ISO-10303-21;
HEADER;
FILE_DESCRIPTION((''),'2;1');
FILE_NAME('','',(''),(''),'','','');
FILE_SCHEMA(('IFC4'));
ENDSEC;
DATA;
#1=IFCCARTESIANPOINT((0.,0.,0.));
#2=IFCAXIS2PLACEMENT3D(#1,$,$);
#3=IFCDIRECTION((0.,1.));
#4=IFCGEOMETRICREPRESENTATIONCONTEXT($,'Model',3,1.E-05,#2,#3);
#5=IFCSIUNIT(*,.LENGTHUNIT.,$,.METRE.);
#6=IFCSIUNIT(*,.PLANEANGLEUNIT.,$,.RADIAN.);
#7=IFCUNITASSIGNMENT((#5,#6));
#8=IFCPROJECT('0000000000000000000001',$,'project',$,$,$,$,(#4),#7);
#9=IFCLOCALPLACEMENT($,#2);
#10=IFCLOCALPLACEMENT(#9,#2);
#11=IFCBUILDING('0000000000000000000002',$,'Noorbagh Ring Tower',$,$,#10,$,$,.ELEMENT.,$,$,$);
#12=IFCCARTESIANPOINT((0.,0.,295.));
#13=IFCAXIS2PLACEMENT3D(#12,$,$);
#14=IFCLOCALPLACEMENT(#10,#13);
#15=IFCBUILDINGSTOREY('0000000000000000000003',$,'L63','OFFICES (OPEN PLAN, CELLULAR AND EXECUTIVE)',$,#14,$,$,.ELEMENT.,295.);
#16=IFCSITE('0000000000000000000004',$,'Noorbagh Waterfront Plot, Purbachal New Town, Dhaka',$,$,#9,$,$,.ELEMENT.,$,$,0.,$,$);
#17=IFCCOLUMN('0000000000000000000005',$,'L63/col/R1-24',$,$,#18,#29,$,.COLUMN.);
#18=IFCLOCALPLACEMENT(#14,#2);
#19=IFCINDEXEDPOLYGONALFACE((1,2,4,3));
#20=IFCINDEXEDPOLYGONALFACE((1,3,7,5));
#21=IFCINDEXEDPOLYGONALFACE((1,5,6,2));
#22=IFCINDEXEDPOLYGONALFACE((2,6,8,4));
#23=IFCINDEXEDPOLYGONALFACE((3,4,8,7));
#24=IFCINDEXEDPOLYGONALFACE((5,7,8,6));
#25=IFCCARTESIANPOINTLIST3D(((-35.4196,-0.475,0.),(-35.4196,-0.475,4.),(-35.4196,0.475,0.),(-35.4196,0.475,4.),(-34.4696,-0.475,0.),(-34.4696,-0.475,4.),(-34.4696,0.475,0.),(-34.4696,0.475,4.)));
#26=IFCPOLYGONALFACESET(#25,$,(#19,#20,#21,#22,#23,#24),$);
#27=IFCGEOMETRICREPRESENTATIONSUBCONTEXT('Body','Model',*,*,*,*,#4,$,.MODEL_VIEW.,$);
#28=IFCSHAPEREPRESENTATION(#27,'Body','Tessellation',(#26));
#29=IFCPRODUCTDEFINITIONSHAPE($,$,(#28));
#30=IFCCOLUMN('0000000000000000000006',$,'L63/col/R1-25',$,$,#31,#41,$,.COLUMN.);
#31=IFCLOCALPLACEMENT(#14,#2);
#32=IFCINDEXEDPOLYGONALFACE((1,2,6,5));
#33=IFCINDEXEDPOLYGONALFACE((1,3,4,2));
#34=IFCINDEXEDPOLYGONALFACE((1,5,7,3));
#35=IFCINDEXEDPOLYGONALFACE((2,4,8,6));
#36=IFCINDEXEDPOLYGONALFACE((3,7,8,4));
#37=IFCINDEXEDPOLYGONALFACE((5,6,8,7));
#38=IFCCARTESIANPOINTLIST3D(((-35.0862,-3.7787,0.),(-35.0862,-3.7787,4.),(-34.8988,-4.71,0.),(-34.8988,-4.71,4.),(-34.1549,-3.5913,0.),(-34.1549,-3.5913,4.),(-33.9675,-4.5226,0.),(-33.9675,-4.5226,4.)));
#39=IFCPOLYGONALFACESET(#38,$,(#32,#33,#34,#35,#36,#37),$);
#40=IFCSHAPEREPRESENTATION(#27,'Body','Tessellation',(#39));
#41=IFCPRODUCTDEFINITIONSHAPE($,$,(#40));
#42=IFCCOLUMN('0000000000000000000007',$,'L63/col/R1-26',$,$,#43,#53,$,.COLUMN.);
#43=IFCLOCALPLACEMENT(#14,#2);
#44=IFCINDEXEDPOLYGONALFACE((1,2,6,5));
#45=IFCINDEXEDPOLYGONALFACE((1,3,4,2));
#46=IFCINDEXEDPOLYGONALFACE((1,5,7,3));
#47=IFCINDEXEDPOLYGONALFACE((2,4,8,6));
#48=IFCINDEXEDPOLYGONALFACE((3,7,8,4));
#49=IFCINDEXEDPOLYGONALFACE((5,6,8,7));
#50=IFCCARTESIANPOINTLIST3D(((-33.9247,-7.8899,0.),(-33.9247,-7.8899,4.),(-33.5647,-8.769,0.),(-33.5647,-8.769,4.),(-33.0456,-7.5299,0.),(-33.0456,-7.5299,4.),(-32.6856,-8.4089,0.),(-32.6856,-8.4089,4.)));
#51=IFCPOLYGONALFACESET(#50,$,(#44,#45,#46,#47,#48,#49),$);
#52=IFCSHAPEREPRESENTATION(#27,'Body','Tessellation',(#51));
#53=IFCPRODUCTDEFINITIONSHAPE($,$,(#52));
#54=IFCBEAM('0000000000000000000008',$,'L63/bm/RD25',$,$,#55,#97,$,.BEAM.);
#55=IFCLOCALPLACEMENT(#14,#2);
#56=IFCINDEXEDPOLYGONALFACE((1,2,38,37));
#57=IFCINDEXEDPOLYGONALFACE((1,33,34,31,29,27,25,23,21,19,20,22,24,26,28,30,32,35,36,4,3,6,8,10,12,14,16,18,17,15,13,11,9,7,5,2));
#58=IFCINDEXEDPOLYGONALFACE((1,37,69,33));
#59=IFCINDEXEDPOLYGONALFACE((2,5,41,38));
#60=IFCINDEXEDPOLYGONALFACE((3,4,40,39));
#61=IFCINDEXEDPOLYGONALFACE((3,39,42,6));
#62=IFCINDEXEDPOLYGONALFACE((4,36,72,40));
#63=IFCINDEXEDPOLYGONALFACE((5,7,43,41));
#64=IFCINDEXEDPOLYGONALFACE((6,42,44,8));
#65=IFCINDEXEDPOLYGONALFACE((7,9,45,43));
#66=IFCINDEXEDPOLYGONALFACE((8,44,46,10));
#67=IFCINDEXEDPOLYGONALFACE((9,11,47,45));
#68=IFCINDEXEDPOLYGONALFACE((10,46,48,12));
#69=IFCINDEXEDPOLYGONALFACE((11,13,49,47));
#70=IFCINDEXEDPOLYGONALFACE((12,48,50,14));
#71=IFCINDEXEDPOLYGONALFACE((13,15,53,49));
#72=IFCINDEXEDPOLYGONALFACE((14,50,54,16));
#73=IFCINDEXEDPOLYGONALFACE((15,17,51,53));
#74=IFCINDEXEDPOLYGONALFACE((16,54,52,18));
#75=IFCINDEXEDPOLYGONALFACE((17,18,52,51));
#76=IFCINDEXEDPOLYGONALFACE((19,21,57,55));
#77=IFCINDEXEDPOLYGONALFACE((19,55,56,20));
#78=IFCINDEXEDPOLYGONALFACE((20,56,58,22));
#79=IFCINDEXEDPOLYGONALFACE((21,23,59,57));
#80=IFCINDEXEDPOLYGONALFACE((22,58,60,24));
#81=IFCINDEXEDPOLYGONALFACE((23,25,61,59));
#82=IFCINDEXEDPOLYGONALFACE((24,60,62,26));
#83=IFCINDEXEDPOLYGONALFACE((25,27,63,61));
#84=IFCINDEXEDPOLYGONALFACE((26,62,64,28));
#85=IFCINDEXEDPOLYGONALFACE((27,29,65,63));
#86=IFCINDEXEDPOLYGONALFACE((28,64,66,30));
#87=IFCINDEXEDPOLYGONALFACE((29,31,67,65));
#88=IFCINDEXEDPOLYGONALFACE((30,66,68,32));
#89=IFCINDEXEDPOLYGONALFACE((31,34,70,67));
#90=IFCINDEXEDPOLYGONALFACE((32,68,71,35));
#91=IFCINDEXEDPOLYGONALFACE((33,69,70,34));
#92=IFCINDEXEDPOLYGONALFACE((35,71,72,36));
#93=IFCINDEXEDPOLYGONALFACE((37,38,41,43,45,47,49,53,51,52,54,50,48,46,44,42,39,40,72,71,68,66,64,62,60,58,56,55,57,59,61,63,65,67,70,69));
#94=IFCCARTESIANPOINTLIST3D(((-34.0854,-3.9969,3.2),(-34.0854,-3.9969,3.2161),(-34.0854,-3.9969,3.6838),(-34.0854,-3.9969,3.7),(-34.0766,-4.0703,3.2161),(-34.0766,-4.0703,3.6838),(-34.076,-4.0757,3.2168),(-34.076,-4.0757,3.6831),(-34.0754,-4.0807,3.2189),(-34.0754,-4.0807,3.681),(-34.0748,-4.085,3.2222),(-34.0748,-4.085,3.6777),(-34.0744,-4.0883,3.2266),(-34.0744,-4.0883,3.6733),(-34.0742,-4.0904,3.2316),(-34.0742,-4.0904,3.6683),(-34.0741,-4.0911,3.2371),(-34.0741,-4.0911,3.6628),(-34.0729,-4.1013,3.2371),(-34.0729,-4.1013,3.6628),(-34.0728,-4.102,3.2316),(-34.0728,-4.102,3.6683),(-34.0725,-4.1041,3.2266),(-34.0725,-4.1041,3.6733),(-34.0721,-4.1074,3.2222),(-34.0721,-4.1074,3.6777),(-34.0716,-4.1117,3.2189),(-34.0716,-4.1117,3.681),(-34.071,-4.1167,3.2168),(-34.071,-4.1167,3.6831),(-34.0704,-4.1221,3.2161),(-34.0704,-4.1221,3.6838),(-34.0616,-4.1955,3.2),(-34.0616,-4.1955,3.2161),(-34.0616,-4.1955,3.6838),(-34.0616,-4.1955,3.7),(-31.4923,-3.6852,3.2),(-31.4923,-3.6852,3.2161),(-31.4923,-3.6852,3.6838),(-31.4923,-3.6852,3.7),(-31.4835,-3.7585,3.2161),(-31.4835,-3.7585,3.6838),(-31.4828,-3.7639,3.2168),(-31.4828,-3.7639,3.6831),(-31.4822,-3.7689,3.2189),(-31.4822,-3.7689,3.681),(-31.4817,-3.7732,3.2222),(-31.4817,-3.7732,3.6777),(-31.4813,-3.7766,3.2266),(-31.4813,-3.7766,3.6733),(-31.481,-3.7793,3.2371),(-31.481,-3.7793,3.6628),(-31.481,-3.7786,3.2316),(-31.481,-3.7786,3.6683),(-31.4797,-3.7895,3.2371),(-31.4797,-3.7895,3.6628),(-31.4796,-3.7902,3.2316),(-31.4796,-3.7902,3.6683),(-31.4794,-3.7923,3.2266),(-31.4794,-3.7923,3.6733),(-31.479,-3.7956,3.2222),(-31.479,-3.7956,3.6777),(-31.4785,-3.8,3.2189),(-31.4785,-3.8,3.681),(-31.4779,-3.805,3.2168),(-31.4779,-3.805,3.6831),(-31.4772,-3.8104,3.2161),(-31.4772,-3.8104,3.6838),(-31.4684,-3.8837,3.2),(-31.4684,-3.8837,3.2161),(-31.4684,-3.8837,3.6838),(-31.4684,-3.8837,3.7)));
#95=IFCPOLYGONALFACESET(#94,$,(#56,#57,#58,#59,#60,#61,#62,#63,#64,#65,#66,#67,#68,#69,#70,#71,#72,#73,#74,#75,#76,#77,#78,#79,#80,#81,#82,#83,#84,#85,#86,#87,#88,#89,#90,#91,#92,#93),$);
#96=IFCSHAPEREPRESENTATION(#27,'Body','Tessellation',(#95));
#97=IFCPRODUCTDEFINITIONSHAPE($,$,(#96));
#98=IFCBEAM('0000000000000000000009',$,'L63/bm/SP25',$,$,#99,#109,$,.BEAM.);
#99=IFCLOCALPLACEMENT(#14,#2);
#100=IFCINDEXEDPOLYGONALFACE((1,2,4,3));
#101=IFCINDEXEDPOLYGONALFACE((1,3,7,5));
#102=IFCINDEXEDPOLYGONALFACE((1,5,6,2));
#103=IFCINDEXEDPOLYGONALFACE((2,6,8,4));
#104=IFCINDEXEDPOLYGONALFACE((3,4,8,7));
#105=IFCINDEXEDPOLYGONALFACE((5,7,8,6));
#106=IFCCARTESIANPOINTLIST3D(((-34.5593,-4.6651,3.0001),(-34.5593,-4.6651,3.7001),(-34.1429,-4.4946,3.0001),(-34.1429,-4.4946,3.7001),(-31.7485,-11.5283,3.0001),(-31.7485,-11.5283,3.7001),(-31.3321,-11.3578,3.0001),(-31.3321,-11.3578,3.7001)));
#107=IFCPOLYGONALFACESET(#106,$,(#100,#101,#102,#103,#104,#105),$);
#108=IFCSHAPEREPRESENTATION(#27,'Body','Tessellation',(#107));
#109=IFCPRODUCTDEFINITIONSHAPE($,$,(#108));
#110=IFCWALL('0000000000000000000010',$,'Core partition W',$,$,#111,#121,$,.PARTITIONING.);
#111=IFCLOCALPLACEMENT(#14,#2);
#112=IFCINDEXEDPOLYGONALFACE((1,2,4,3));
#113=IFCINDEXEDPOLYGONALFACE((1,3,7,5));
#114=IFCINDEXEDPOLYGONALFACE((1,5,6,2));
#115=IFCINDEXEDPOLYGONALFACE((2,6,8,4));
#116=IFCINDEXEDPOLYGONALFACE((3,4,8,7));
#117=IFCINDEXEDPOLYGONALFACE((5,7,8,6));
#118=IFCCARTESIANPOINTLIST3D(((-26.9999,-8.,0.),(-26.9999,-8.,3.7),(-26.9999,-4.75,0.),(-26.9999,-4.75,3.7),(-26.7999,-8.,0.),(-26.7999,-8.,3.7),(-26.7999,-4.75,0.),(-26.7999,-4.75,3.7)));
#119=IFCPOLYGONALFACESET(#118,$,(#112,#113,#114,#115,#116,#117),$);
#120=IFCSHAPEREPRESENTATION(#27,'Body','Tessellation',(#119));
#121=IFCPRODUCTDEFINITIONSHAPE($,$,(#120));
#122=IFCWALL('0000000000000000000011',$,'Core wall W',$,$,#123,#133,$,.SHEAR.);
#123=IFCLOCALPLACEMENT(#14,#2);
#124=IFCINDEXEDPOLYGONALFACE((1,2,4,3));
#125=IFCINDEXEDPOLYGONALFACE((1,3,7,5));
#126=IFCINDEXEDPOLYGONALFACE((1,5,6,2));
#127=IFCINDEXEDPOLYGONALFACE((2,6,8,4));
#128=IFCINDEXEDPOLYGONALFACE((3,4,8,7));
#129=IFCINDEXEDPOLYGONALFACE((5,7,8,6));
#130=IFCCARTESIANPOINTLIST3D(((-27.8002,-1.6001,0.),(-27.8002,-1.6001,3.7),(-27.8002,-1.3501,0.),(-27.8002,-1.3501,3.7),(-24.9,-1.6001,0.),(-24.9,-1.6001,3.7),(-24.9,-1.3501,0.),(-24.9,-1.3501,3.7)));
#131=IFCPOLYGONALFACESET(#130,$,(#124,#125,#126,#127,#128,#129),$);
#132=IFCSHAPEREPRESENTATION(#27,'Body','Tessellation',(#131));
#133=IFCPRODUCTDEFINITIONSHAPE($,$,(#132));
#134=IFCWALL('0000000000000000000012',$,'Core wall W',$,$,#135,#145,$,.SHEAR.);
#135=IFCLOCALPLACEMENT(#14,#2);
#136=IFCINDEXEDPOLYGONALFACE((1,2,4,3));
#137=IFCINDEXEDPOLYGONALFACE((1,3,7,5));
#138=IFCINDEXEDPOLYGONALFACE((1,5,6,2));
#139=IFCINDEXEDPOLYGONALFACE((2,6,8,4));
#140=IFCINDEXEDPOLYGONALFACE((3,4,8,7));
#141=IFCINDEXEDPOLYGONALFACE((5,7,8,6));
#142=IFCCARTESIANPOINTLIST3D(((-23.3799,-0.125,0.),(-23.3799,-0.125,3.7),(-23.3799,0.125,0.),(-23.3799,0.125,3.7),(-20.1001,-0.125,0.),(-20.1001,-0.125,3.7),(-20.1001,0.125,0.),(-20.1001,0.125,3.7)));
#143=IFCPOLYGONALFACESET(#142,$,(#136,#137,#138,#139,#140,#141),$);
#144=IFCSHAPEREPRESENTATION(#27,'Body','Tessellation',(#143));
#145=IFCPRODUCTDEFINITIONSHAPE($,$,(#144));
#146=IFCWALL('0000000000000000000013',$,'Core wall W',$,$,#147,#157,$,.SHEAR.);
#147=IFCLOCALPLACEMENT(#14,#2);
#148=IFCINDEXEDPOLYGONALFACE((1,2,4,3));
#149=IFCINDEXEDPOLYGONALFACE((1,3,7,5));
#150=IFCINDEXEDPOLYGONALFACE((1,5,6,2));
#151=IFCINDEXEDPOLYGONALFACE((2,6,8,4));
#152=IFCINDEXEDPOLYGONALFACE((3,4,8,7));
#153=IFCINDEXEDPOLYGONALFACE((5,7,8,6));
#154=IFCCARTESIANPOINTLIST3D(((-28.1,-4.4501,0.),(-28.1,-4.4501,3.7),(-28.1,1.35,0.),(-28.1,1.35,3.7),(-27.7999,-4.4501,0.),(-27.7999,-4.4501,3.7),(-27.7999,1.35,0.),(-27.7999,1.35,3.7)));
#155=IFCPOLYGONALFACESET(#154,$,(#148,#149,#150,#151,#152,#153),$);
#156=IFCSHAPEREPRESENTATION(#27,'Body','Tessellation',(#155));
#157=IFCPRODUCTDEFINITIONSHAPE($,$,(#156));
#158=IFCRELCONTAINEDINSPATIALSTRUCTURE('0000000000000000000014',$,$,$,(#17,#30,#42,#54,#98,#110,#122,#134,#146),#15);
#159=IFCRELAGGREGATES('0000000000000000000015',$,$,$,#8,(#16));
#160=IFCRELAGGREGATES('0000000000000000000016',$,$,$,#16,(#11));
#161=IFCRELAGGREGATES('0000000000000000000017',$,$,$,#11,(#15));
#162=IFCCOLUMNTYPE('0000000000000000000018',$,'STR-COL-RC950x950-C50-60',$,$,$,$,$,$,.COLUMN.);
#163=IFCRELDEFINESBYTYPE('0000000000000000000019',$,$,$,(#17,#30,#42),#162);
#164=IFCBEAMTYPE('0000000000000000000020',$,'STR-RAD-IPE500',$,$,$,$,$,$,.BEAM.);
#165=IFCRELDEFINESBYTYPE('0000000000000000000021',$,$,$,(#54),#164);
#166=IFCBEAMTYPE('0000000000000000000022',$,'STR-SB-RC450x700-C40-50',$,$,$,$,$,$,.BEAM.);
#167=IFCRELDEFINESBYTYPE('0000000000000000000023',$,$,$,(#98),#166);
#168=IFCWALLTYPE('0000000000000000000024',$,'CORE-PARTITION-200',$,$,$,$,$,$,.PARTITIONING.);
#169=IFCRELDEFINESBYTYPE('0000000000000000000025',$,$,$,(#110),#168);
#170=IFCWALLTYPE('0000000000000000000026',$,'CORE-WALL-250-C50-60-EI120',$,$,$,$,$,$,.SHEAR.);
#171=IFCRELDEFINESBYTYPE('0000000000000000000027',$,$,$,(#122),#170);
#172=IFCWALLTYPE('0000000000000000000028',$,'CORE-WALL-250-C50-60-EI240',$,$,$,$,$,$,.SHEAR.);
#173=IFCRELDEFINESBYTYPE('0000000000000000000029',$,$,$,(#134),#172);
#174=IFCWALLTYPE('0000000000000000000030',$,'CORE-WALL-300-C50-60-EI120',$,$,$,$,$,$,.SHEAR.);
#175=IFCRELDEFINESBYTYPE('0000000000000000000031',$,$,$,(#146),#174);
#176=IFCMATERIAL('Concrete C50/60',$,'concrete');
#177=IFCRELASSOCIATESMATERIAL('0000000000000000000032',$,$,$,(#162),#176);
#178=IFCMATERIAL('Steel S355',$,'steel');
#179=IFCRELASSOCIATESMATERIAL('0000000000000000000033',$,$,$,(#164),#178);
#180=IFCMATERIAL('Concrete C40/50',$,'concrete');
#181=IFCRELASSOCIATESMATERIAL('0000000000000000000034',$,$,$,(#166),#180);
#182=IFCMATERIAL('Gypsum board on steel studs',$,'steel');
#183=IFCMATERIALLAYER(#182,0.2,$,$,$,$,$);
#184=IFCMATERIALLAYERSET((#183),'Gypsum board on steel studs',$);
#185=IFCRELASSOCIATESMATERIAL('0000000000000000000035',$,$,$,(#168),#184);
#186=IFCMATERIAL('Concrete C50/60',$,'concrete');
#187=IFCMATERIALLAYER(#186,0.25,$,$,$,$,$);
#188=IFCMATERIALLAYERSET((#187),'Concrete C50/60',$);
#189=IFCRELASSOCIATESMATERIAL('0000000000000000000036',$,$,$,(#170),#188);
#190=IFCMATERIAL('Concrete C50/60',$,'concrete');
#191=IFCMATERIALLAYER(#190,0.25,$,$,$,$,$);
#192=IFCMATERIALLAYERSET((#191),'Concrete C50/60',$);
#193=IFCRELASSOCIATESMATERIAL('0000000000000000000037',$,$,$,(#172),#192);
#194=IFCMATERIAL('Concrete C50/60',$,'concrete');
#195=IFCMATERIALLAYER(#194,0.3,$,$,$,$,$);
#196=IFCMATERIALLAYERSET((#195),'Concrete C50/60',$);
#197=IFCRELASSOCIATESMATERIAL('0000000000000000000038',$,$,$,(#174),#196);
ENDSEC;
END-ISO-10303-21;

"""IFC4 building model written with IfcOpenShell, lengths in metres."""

from ifc_helpers import new_model, si_unit, direction, frame, frame_2d, origin, origin_2d, place, context, subcontext, project, spatial, rectangle, i_section, extrude, material, layer, layer_set, material_profile, profile_set, type_object, element, save


model = new_model("IFC4")

# Units and contexts
model_context = context("Model", 3, precision=1e-05, world=origin(), true_north=direction((0.0, 1.0)))
body_context = subcontext(model_context, "Body", "Model", "MODEL_VIEW")
ifc_project = project(units=[si_unit("LENGTHUNIT", "METRE"), si_unit("PLANEANGLEUNIT", "RADIAN")], contexts=[model_context])

# Site, building, storey
site_placement = place(None, origin())
site = spatial("IfcSite", under=ifc_project, at=site_placement, Name="Noorbagh Waterfront Plot, Purbachal New Town, Dhaka", CompositionType="ELEMENT", RefElevation=0.0)
building_placement = place(site_placement, origin())
building = spatial("IfcBuilding", under=site, at=building_placement, Name="Noorbagh Ring Tower", CompositionType="ELEMENT")
storey_placement = place(building_placement, frame((0.0, 0.0, 295.0)))
storey = spatial("IfcBuildingStorey", under=building, at=storey_placement, Name="L63", Description="OFFICES (OPEN PLAN, CELLULAR AND EXECUTIVE)", CompositionType="ELEMENT", Elevation=295.0)

# Columns
ifc_material_1 = material(Name="Concrete C50/60", Category="concrete")
ifc_material_profile_1 = material_profile(ifc_material_1, rectangle(XDim=0.95, YDim=0.95, at=origin_2d()), Name="RC950x950")
ifc_profile_set_1 = profile_set([ifc_material_profile_1], Name="Concrete C50/60")
column_type = type_object("IfcColumnType", Name="STR-COL-RC950x950-C50-60", PredefinedType="COLUMN", material=ifc_profile_set_1)
for number, where, z_axis, x_axis, name in (
    (1, (-34.9446, 0.0, 0.0), (0.0, 0.0, 1.0), (0.0, -1.0, 0.0), "L63/col/R1-24"),
    (2, (-34.5269, -4.1506, 0.0), (0.0, 0.0, 1.0), (0.19723, -0.980357, 0.0), "L63/col/R1-25"),
    (3, (-33.3052, -8.1494, 0.0), (0.0, 0.0, 1.0), (0.378989, -0.925401, 0.0), "L63/col/R1-26"),
):
    element("IfcColumn", number, at=place(storey_placement, frame(where, z_axis=z_axis, x_axis=x_axis)), inside=storey, type_object=column_type, Name=name, PredefinedType="COLUMN", context=body_context, shape_type="SweptSolid", body=[
        extrude(rectangle(XDim=0.95, YDim=0.95, at=origin_2d()), origin(), (0.0, 0.0, 1.0), 4.0),
    ])

# Beams
ifc_material_2 = material(Name="Steel S355", Category="steel")
ifc_material_profile_2 = material_profile(ifc_material_2, i_section(OverallWidth=0.2, OverallDepth=0.5, WebThickness=0.0103, FlangeThickness=0.0161, FilletRadius=0.021, at=origin_2d()), Name="IPE500")
ifc_profile_set_2 = profile_set([ifc_material_profile_2], Name="Steel S355")
beam_type_1 = type_object("IfcBeamType", Name="STR-RAD-IPE500", PredefinedType="BEAM", material=ifc_profile_set_2)
beam_1_placement = place(storey_placement, frame((-34.0735, -4.0962, 3.45), z_axis=(0.992851, 0.119363, 0.0), x_axis=(-0.119363, 0.992851, 0.0)))
element("IfcBeam", 4, at=beam_1_placement, inside=storey, type_object=beam_type_1, Name="L63/bm/RD25", PredefinedType="BEAM", context=body_context, shape_type="SweptSolid", body=[
    extrude(i_section(OverallWidth=0.2, OverallDepth=0.5, WebThickness=0.0103, FlangeThickness=0.0161, FilletRadius=0.021, at=origin_2d()), origin(), (0.0, 0.0, 1.0), 2.6118),
])
ifc_material_3 = material(Name="Concrete C40/50", Category="concrete")
ifc_material_profile_3 = material_profile(ifc_material_3, rectangle(XDim=0.45, YDim=0.7, at=origin_2d()), Name="RC450x700")
ifc_profile_set_3 = profile_set([ifc_material_profile_3], Name="Concrete C40/50")
beam_type_2 = type_object("IfcBeamType", Name="STR-SB-RC450x700-C40-50", PredefinedType="BEAM", material=ifc_profile_set_3)
beam_2_placement = place(storey_placement, frame((-34.3511, -4.5798, 3.3501), z_axis=(0.378989, -0.925401, 0.0), x_axis=(0.925401, 0.378989, 0.0)))
element("IfcBeam", 5, at=beam_2_placement, inside=storey, type_object=beam_type_2, Name="L63/bm/SP25", PredefinedType="BEAM", context=body_context, shape_type="SweptSolid", body=[
    extrude(rectangle(XDim=0.45, YDim=0.7, at=origin_2d()), origin(), (0.0, 0.0, 1.0), 7.4165),
])

# Walls
ifc_material_4 = material(Name="Gypsum board on steel studs", Category="steel")
ifc_layer_1 = layer(ifc_material_4, 0.2)
ifc_layer_set_1 = layer_set([ifc_layer_1], Name="Gypsum board on steel studs")
wall_type_1 = type_object("IfcWallType", Name="CORE-PARTITION-200", PredefinedType="PARTITIONING", material=ifc_layer_set_1)
wall_1_placement = place(storey_placement, frame((-26.8999, -8.0, 0.0), z_axis=(0.0, 0.0, 1.0), x_axis=(0.0, 1.0, 0.0)))
element("IfcWall", 6, at=wall_1_placement, inside=storey, type_object=wall_type_1, Name="Core partition W", PredefinedType="PARTITIONING", context=body_context, shape_type="SweptSolid", body=[
    extrude(rectangle(XDim=3.25, YDim=0.2, at=frame_2d((1.625, 0.0))), origin(), (0.0, 0.0, 1.0), 3.7),
])
ifc_material_5 = material(Name="Concrete C50/60", Category="concrete")
ifc_layer_2 = layer(ifc_material_5, 0.25)
ifc_layer_set_2 = layer_set([ifc_layer_2], Name="Concrete C50/60")
wall_type_2 = type_object("IfcWallType", Name="CORE-WALL-250-C50-60-EI120", PredefinedType="SHEAR", material=ifc_layer_set_2)
wall_2_placement = place(storey_placement, frame((-24.8999, -1.4751, 0.0), z_axis=(0.0, 0.0, 1.0), x_axis=(-1.0, 0.0, 0.0)))
element("IfcWall", 7, at=wall_2_placement, inside=storey, type_object=wall_type_2, Name="Core wall W", PredefinedType="SHEAR", context=body_context, shape_type="SweptSolid", body=[
    extrude(rectangle(XDim=2.9001, YDim=0.25, at=frame_2d((1.4502, 0.0))), origin(), (0.0, 0.0, 1.0), 3.7),
])
ifc_material_6 = material(Name="Concrete C50/60", Category="concrete")
ifc_layer_3 = layer(ifc_material_6, 0.25)
ifc_layer_set_3 = layer_set([ifc_layer_3], Name="Concrete C50/60")
wall_type_3 = type_object("IfcWallType", Name="CORE-WALL-250-C50-60-EI240", PredefinedType="SHEAR", material=ifc_layer_set_3)
wall_3_placement = place(storey_placement, frame((-20.1001, 0.0, 0.0), z_axis=(0.0, 0.0, 1.0), x_axis=(-1.0, 0.0, 0.0)))
element("IfcWall", 8, at=wall_3_placement, inside=storey, type_object=wall_type_3, Name="Core wall W", PredefinedType="SHEAR", context=body_context, shape_type="SweptSolid", body=[
    extrude(rectangle(XDim=3.2798, YDim=0.25, at=frame_2d((1.6399, 0.0))), origin(), (0.0, 0.0, 1.0), 3.7),
])
ifc_material_7 = material(Name="Concrete C50/60", Category="concrete")
ifc_layer_4 = layer(ifc_material_7, 0.3)
ifc_layer_set_4 = layer_set([ifc_layer_4], Name="Concrete C50/60")
wall_type_4 = type_object("IfcWallType", Name="CORE-WALL-300-C50-60-EI120", PredefinedType="SHEAR", material=ifc_layer_set_4)
wall_4_placement = place(storey_placement, frame((-27.95, -4.45, 0.0), z_axis=(0.0, 0.0, 1.0), x_axis=(0.0, 1.0, 0.0)))
element("IfcWall", 9, at=wall_4_placement, inside=storey, type_object=wall_type_4, Name="Core wall W", PredefinedType="SHEAR", context=body_context, shape_type="SweptSolid", body=[
    extrude(rectangle(XDim=5.8, YDim=0.3, at=frame_2d((2.8999, 0.0))), origin(), (0.0, 0.0, 1.0), 3.7),
])

save(model, "model.ifc")
